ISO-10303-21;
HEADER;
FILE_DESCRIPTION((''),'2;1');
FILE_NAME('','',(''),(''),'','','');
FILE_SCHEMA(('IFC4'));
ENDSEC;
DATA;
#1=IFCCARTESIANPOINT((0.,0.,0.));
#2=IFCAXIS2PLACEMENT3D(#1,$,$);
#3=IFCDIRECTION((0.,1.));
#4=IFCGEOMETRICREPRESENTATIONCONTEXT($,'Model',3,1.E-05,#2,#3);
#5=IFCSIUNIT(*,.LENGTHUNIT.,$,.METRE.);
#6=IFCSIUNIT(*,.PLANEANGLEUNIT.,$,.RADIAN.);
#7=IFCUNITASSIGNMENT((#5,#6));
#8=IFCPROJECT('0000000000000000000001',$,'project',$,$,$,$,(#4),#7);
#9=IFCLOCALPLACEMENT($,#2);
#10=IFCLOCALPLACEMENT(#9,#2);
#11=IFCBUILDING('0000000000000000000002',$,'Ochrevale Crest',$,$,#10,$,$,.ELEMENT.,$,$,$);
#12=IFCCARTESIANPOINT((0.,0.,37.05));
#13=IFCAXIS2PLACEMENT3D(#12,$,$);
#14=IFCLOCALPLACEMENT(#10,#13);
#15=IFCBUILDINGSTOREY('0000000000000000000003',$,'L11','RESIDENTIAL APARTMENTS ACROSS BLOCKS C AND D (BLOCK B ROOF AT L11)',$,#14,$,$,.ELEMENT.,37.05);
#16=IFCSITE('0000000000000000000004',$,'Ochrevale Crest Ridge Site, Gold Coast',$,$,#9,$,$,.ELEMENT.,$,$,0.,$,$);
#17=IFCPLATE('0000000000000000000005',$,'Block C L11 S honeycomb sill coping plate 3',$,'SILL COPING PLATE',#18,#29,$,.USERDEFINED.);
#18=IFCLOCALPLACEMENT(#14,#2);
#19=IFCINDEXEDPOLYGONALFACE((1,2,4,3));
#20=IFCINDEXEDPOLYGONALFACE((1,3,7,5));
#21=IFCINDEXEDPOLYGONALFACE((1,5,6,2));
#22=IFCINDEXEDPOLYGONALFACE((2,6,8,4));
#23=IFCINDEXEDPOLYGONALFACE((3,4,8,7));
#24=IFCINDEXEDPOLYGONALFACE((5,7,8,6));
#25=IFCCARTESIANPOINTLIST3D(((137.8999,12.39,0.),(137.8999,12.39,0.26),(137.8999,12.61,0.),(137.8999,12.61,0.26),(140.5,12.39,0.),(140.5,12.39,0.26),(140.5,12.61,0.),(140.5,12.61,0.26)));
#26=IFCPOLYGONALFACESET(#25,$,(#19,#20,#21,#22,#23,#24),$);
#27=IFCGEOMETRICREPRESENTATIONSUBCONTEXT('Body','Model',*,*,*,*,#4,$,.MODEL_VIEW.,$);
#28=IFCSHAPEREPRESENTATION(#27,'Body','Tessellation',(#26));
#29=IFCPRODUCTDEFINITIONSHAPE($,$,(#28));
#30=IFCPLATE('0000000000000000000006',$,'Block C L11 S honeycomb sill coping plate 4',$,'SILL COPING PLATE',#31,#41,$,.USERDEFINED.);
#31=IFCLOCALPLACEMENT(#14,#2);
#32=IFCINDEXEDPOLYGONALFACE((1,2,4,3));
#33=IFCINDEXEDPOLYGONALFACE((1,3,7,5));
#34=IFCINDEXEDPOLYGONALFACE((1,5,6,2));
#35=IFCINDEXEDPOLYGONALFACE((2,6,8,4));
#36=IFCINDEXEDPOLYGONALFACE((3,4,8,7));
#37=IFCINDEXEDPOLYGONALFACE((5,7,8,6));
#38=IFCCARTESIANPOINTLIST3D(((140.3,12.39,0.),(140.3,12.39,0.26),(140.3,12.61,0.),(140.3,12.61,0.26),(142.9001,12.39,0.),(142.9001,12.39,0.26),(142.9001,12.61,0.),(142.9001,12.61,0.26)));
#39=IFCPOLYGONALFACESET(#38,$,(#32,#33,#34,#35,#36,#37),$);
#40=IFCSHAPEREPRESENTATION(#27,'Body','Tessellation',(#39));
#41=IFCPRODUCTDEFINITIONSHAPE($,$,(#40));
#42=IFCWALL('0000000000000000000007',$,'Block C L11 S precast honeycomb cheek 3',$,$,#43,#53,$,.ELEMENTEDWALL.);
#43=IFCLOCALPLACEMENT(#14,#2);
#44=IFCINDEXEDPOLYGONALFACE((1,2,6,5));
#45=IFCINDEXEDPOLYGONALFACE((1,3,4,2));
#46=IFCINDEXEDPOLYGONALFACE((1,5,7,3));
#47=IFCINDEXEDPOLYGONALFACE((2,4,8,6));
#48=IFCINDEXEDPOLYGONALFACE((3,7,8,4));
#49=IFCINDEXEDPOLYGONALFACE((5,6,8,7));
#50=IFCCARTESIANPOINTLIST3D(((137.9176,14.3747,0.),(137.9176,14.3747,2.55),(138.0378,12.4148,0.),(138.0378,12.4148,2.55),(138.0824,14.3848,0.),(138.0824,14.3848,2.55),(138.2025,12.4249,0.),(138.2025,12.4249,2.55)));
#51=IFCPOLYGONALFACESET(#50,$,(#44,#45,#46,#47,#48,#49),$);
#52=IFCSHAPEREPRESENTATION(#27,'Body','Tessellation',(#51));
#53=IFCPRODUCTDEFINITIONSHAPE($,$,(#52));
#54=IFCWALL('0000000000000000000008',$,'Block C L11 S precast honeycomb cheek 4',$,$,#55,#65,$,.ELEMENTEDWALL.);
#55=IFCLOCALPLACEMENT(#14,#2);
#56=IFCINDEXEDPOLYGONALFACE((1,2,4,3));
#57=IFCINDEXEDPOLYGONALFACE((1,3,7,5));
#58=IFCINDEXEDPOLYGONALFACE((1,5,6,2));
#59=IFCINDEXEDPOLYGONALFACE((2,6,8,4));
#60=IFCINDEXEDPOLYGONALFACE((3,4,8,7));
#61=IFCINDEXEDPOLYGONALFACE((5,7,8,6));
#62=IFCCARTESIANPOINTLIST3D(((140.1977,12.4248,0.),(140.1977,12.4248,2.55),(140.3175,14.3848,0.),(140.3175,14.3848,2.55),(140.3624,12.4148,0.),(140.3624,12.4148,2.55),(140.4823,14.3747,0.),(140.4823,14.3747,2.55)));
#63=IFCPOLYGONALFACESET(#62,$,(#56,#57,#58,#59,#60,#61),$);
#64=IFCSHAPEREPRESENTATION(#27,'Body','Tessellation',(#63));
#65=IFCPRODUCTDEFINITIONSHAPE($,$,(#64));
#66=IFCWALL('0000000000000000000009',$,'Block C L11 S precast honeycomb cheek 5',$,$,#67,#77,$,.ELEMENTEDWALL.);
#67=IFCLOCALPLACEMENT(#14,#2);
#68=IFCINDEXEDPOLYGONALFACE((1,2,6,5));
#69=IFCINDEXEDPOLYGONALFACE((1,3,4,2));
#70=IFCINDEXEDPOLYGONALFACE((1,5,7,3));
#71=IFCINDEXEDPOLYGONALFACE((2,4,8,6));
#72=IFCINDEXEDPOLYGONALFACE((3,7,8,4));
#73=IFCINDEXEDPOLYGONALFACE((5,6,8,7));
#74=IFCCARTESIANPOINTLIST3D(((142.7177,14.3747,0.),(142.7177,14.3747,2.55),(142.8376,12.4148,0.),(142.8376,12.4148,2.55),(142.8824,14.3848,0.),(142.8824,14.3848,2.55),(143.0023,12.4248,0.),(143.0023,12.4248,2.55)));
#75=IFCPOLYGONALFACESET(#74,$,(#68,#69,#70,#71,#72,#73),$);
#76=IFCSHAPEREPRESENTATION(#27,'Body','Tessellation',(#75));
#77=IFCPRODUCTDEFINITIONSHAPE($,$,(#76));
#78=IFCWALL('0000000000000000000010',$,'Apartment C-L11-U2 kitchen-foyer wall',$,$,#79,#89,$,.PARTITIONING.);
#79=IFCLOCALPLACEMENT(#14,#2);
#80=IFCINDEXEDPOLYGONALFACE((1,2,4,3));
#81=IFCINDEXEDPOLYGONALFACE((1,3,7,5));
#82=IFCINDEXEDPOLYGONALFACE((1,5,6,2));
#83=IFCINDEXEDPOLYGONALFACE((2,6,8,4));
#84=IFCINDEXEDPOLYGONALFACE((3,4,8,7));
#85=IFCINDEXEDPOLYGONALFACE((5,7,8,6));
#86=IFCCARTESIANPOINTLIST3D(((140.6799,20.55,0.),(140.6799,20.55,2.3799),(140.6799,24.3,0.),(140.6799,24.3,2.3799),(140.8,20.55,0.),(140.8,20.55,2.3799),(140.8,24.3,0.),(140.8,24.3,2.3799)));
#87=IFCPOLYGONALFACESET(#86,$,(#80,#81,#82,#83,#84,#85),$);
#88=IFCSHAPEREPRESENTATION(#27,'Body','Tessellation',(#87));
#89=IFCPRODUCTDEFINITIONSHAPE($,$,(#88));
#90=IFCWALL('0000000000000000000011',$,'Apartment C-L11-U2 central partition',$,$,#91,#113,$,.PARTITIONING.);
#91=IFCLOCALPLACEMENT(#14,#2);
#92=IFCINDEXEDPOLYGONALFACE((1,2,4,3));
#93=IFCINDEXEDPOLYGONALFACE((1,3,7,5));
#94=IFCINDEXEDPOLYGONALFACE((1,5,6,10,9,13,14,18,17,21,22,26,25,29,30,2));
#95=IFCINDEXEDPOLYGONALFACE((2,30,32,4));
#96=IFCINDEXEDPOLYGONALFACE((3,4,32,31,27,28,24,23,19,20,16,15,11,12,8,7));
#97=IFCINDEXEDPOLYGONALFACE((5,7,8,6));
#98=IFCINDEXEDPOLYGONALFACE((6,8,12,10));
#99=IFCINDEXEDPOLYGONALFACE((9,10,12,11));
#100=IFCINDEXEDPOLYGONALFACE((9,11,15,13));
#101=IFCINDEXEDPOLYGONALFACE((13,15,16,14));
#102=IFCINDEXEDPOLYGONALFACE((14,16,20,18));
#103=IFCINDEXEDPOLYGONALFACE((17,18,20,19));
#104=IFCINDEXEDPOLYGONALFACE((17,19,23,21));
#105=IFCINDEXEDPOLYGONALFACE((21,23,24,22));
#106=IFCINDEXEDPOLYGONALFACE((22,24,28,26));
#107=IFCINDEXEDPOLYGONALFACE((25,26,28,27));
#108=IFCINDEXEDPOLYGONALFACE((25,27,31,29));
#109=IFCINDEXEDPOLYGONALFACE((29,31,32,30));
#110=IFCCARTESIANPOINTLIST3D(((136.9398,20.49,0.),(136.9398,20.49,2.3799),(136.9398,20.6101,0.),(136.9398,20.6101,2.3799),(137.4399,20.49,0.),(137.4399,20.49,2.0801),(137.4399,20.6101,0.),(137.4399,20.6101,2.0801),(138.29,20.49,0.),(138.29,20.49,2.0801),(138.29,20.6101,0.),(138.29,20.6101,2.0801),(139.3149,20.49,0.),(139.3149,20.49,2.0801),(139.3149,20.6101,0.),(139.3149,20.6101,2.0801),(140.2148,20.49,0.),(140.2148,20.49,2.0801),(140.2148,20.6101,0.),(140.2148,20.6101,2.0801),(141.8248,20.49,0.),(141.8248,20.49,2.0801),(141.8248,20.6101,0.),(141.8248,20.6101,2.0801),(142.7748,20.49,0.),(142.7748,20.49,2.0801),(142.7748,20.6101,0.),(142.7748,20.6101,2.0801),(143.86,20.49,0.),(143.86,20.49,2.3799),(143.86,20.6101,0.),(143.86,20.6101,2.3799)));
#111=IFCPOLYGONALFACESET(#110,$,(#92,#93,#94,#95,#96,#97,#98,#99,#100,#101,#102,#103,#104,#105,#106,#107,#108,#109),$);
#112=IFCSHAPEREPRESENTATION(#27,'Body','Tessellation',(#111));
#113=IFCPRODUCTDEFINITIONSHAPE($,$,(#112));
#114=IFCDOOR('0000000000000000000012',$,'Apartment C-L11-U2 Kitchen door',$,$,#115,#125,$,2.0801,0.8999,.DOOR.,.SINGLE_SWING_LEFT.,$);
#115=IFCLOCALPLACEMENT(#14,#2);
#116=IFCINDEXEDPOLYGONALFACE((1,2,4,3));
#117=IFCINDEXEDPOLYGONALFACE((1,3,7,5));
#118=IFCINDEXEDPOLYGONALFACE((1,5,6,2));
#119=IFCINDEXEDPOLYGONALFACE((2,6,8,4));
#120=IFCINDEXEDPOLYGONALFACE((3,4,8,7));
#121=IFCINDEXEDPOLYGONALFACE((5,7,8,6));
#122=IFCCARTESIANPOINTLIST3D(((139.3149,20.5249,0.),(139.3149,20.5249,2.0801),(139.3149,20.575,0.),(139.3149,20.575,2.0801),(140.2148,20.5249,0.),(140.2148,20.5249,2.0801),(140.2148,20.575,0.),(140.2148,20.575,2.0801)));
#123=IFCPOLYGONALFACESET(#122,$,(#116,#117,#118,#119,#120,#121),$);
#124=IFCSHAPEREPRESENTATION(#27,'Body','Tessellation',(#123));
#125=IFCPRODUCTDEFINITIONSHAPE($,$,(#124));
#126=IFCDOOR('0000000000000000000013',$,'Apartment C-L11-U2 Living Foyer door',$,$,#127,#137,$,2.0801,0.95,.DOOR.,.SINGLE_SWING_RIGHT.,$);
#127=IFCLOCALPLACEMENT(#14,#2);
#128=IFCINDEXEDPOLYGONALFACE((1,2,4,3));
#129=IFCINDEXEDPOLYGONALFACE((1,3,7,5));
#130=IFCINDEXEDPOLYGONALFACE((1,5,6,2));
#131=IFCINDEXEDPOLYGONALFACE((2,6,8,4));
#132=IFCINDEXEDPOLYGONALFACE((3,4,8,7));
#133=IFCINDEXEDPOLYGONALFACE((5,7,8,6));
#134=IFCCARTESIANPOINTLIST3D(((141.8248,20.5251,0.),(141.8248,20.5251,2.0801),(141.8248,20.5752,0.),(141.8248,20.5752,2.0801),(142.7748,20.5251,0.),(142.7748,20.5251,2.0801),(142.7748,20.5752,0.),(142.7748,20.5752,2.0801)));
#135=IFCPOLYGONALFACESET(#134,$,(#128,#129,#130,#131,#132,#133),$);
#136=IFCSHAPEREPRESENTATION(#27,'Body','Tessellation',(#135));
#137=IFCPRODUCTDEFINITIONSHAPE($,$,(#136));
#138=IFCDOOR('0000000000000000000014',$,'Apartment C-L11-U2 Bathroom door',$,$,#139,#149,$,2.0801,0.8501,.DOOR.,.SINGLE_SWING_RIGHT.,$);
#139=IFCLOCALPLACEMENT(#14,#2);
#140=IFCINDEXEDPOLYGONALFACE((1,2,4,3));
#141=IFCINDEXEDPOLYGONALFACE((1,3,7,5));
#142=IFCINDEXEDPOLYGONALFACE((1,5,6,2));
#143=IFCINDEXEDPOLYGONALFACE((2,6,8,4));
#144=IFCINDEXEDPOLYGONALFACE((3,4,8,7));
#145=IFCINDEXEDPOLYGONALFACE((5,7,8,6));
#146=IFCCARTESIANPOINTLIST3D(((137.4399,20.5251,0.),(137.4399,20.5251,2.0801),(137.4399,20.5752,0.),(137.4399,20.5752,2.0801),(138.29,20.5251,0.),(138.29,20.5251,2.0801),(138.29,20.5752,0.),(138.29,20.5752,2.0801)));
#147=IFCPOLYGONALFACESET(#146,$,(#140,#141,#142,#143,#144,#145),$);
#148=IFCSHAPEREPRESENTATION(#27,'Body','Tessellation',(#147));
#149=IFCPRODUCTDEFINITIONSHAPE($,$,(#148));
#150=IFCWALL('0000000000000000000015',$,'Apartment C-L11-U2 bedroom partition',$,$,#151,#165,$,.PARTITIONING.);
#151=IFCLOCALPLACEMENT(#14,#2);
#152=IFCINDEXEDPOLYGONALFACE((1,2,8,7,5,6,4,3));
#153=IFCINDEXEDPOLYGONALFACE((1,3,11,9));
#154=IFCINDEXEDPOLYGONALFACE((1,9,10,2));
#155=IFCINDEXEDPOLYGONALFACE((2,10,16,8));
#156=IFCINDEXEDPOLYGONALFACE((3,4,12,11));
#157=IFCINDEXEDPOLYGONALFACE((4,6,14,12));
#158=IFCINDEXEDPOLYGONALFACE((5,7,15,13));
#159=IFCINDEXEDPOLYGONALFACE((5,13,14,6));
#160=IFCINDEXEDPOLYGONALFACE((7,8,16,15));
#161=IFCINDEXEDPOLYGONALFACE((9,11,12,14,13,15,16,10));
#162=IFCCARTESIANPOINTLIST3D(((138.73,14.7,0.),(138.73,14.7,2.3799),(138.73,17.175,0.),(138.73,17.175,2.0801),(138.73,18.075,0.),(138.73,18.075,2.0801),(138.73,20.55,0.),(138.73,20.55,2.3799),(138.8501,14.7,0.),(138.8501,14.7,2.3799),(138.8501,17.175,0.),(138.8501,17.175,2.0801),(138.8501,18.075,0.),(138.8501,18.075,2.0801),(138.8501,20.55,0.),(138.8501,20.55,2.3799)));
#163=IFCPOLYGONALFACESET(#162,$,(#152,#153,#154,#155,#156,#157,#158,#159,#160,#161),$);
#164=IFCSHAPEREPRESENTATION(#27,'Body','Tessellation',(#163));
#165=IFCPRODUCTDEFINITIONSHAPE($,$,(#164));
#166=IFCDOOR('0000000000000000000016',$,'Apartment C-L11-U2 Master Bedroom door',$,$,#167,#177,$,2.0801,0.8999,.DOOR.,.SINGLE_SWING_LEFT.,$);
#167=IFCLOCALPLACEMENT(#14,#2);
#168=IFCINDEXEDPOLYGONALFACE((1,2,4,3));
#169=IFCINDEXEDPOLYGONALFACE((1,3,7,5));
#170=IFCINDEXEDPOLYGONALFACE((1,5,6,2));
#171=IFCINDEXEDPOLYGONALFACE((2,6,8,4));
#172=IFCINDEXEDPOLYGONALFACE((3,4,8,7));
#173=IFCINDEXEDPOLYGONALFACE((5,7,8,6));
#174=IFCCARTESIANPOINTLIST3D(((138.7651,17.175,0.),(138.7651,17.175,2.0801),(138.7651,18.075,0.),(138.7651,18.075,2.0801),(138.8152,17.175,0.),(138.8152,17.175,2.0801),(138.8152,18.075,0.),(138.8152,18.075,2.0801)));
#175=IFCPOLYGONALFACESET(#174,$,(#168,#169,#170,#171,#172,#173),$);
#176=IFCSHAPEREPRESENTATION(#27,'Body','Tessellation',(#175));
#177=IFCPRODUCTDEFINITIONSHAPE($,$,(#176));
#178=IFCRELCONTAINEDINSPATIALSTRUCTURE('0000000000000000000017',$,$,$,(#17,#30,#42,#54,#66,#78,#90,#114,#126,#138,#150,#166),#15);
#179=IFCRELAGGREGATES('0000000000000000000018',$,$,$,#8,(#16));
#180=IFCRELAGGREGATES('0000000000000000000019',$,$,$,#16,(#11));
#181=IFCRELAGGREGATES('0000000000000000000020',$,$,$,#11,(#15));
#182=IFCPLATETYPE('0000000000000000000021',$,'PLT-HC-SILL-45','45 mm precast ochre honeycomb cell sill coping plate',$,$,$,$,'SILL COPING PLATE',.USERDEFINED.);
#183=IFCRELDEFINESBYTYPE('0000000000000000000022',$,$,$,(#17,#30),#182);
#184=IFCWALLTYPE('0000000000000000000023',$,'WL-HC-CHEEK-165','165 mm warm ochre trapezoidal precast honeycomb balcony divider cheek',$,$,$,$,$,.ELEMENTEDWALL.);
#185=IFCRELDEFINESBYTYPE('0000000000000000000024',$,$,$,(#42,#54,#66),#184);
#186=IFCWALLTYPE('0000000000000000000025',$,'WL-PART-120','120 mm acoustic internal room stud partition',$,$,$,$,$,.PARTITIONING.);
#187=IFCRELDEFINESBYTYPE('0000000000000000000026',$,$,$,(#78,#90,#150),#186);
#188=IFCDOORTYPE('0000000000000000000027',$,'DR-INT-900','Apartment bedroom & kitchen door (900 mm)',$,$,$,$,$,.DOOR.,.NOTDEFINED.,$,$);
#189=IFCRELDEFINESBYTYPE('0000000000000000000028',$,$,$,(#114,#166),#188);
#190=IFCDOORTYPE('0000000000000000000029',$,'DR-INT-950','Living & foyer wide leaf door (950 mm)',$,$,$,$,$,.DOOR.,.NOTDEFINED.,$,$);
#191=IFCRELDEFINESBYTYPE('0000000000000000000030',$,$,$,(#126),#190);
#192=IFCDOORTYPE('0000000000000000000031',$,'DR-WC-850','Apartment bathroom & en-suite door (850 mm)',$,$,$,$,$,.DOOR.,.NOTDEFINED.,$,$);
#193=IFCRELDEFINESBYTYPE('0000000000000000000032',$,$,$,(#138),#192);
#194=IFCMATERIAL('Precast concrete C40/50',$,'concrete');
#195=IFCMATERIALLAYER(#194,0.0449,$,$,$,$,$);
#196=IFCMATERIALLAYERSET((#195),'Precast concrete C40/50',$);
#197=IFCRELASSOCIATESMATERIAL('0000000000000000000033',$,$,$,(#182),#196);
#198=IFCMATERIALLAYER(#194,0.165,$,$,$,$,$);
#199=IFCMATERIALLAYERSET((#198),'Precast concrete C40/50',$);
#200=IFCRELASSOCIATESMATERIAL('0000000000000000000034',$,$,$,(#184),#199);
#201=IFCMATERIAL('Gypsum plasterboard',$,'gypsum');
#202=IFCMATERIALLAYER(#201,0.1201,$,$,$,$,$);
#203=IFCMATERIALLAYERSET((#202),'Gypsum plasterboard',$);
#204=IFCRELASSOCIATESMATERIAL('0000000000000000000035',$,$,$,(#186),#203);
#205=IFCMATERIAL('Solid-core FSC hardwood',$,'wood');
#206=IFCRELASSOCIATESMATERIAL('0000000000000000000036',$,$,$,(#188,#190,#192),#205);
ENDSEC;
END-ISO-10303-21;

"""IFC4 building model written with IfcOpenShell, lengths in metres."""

from ifc_helpers import new_model, si_unit, direction, frame, frame_2d, origin, origin_2d, place, context, subcontext, project, spatial, rectangle, extrude, material, layer, layer_set, type_object, element, fill, save


model = new_model("IFC4")

# Units and contexts
model_context = context("Model", 3, precision=1e-05, world=origin(), true_north=direction((0.0, 1.0)))
body_context = subcontext(model_context, "Body", "Model", "MODEL_VIEW")
ifc_project = project(units=[si_unit("LENGTHUNIT", "METRE"), si_unit("PLANEANGLEUNIT", "RADIAN")], contexts=[model_context])

# Site, building, storey
site_placement = place(None, origin())
site = spatial("IfcSite", under=ifc_project, at=site_placement, Name="Ochrevale Crest Ridge Site, Gold Coast", CompositionType="ELEMENT", RefElevation=0.0)
building_placement = place(site_placement, origin())
building = spatial("IfcBuilding", under=site, at=building_placement, Name="Ochrevale Crest", CompositionType="ELEMENT")
storey_placement = place(building_placement, frame((0.0, 0.0, 37.05)))
storey = spatial("IfcBuildingStorey", under=building, at=storey_placement, Name="L11", Description="RESIDENTIAL APARTMENTS ACROSS BLOCKS C AND D (BLOCK B ROOF AT L11)", CompositionType="ELEMENT", Elevation=37.05)

# Shared definitions
ifc_material_1 = material(Name="Precast concrete C40/50", Category="concrete")

# Plates
ifc_layer_1 = layer(ifc_material_1, 0.0449)
ifc_layer_set_1 = layer_set([ifc_layer_1], Name="Precast concrete C40/50")
plate_type_1 = type_object("IfcPlateType", Name="PLT-HC-SILL-45", Description="45 mm precast ochre honeycomb cell sill coping plate", ElementType="SILL COPING PLATE", PredefinedType="USERDEFINED", material=ifc_layer_set_1)
for number, where, z_axis, x_axis, name in (
    (1, (139.2, 12.5, 0.0), (0.0, 0.0, 1.0), (1.0, 0.0, 0.0), "Block C L11 S honeycomb sill coping plate 3"),
    (2, (141.6001, 12.5, 0.0), (0.0, 0.0, 1.0), (1.0, 0.0, 0.0), "Block C L11 S honeycomb sill coping plate 4"),
):
    element("IfcPlate", number, at=place(storey_placement, frame(where, z_axis=z_axis, x_axis=x_axis)), inside=storey, type_object=plate_type_1, Name=name, ObjectType="SILL COPING PLATE", PredefinedType="USERDEFINED", context=body_context, shape_type="SweptSolid", body=[
        extrude(rectangle(XDim=2.6001, YDim=0.22, at=origin_2d()), origin(), (0.0, 0.0, 1.0), 0.26),
    ])

# Walls
ifc_layer_2 = layer(ifc_material_1, 0.165)
ifc_layer_set_2 = layer_set([ifc_layer_2], Name="Precast concrete C40/50")
wall_type_1 = type_object("IfcWallType", Name="WL-HC-CHEEK-165", Description="165 mm warm ochre trapezoidal precast honeycomb balcony divider cheek", PredefinedType="ELEMENTEDWALL", material=ifc_layer_set_2)
for number, where, z_axis, x_axis, name in (
    (3, (138.0, 14.3799, 0.0), (0.0, 0.0, 1.0), (0.061171, -0.998127, 0.0), "Block C L11 S precast honeycomb cheek 3"),
    (4, (140.3999, 14.3799, 0.0), (0.0, 0.0, 1.0), (-0.061047, -0.998135, 0.0), "Block C L11 S precast honeycomb cheek 4"),
    (5, (142.8, 14.3799, 0.0), (0.0, 0.0, 1.0), (0.061047, -0.998135, 0.0), "Block C L11 S precast honeycomb cheek 5"),
):
    element("IfcWall", number, at=place(storey_placement, frame(where, z_axis=z_axis, x_axis=x_axis)), inside=storey, type_object=wall_type_1, Name=name, PredefinedType="ELEMENTEDWALL", context=body_context, shape_type="SweptSolid", body=[
        extrude(rectangle(XDim=1.9636, YDim=0.165, at=frame_2d((0.9819, 0.0))), origin(), (0.0, 0.0, 1.0), 2.55),
    ])
ifc_material_2 = material(Name="Gypsum plasterboard", Category="gypsum")
ifc_layer_3 = layer(ifc_material_2, 0.1201)
ifc_layer_set_3 = layer_set([ifc_layer_3], Name="Gypsum plasterboard")
wall_type_2 = type_object("IfcWallType", Name="WL-PART-120", Description="120 mm acoustic internal room stud partition", PredefinedType="PARTITIONING", material=ifc_layer_set_3)
wall_1_placement = place(storey_placement, frame((140.74, 20.55, 0.0), z_axis=(0.0, 0.0, 1.0), x_axis=(0.0, 1.0, 0.0)))
element("IfcWall", 6, at=wall_1_placement, inside=storey, type_object=wall_type_2, Name="Apartment C-L11-U2 kitchen-foyer wall", PredefinedType="PARTITIONING", context=body_context, shape_type="SweptSolid", body=[
    extrude(rectangle(XDim=3.75, YDim=0.1201, at=frame_2d((1.875, 0.0))), origin(), (0.0, 0.0, 1.0), 2.3799),
])

# Wall, openings, doors
wall_2_placement = place(storey_placement, frame((136.9399, 20.55, 0.0), z_axis=(0.0, 0.0, 1.0), x_axis=(1.0, 0.0, 0.0)))
wall_2 = element("IfcWall", 7, at=wall_2_placement, inside=storey, type_object=wall_type_2, Name="Apartment C-L11-U2 central partition", PredefinedType="PARTITIONING", context=body_context, shape_type="SweptSolid", body=[
    extrude(rectangle(XDim=6.9202, YDim=0.1201, at=frame_2d((3.46, 0.0))), origin(), (0.0, 0.0, 1.0), 2.3799),
])
opening_1_placement = place(wall_2_placement, frame((1.3501, 0.0, 0.0), z_axis=(0.0, 0.0, 1.0), x_axis=(-1.0, 0.0, 0.0)))
opening_1 = element("IfcOpeningElement", 8, at=opening_1_placement, cuts=wall_2, PredefinedType="OPENING", context=body_context, shape_type="SweptSolid", body=[
    extrude(rectangle(XDim=0.8501, YDim=2.0801, at=frame_2d((0.425, 1.04))), frame((0.0, 0.0701, 0.0), z_axis=(0.0, -1.0, 0.0), x_axis=(1.0, 0.0, 0.0)), (0.0, 0.0, 1.0), 0.1401),
])
opening_2_placement = place(wall_2_placement, frame((2.375, 0.0, 0.0)))
opening_2 = element("IfcOpeningElement", 9, at=opening_2_placement, cuts=wall_2, PredefinedType="OPENING", context=body_context, shape_type="SweptSolid", body=[
    extrude(rectangle(XDim=0.8999, YDim=2.0801, at=frame_2d((0.45, 1.04))), frame((0.0, 0.0701, 0.0), z_axis=(0.0, -1.0, 0.0), x_axis=(1.0, 0.0, 0.0)), (0.0, 0.0, 1.0), 0.1401),
])
opening_3_placement = place(wall_2_placement, frame((5.835, 0.0, 0.0), z_axis=(0.0, 0.0, 1.0), x_axis=(-1.0, 0.0, 0.0)))
opening_3 = element("IfcOpeningElement", 10, at=opening_3_placement, cuts=wall_2, PredefinedType="OPENING", context=body_context, shape_type="SweptSolid", body=[
    extrude(rectangle(XDim=0.95, YDim=2.0801, at=frame_2d((0.4751, 1.04))), frame((0.0, 0.0701, 0.0), z_axis=(0.0, -1.0, 0.0), x_axis=(1.0, 0.0, 0.0)), (0.0, 0.0, 1.0), 0.1401),
])
ifc_material_3 = material(Name="Solid-core FSC hardwood", Category="wood")
door_type_1 = type_object("IfcDoorType", Name="DR-INT-900", Description="Apartment bedroom & kitchen door (900 mm)", OperationType="NOTDEFINED", PredefinedType="DOOR", material=ifc_material_3)
door_1_placement = place(opening_2_placement, origin())
door_1 = element("IfcDoor", 11, at=door_1_placement, inside=storey, type_object=door_type_1, Name="Apartment C-L11-U2 Kitchen door", OperationType="SINGLE_SWING_LEFT", OverallHeight=2.0801, OverallWidth=0.8999, PredefinedType="DOOR", context=body_context, shape_type="SweptSolid", body=[
    extrude(rectangle(XDim=0.8999, YDim=2.0801, at=frame_2d((0.45, 1.04))), frame((0.0, 0.0249, 0.0), z_axis=(0.0, -1.0, 0.0), x_axis=(1.0, 0.0, 0.0)), (0.0, 0.0, 1.0), 0.05),
])
fill(opening_2, door_1)
door_type_2 = type_object("IfcDoorType", Name="DR-INT-950", Description="Living & foyer wide leaf door (950 mm)", OperationType="NOTDEFINED", PredefinedType="DOOR", material=ifc_material_3)
door_2_placement = place(opening_3_placement, origin())
door_2 = element("IfcDoor", 12, at=door_2_placement, inside=storey, type_object=door_type_2, Name="Apartment C-L11-U2 Living Foyer door", OperationType="SINGLE_SWING_RIGHT", OverallHeight=2.0801, OverallWidth=0.95, PredefinedType="DOOR", context=body_context, shape_type="SweptSolid", body=[
    extrude(rectangle(XDim=0.95, YDim=2.0801, at=frame_2d((0.4751, 1.04))), frame((0.0, 0.0249, 0.0), z_axis=(0.0, -1.0, 0.0), x_axis=(1.0, 0.0, 0.0)), (0.0, 0.0, 1.0), 0.05),
])
fill(opening_3, door_2)
door_type_3 = type_object("IfcDoorType", Name="DR-WC-850", Description="Apartment bathroom & en-suite door (850 mm)", OperationType="NOTDEFINED", PredefinedType="DOOR", material=ifc_material_3)
door_3_placement = place(opening_1_placement, origin())
door_3 = element("IfcDoor", 13, at=door_3_placement, inside=storey, type_object=door_type_3, Name="Apartment C-L11-U2 Bathroom door", OperationType="SINGLE_SWING_RIGHT", OverallHeight=2.0801, OverallWidth=0.8501, PredefinedType="DOOR", context=body_context, shape_type="SweptSolid", body=[
    extrude(rectangle(XDim=0.8501, YDim=2.0801, at=frame_2d((0.425, 1.04))), frame((0.0, 0.0249, 0.0), z_axis=(0.0, -1.0, 0.0), x_axis=(1.0, 0.0, 0.0)), (0.0, 0.0, 1.0), 0.05),
])
fill(opening_1, door_3)

# Wall, opening, door
wall_3_placement = place(storey_placement, frame((138.79, 14.7, 0.0), z_axis=(0.0, 0.0, 1.0), x_axis=(0.0, 1.0, 0.0)))
wall_3 = element("IfcWall", 14, at=wall_3_placement, inside=storey, type_object=wall_type_2, Name="Apartment C-L11-U2 bedroom partition", PredefinedType="PARTITIONING", context=body_context, shape_type="SweptSolid", body=[
    extrude(rectangle(XDim=5.8501, YDim=0.1201, at=frame_2d((2.925, 0.0))), origin(), (0.0, 0.0, 1.0), 2.3799),
])
opening_4_placement = place(wall_3_placement, frame((2.4751, 0.0, 0.0)))
opening_4 = element("IfcOpeningElement", 15, at=opening_4_placement, cuts=wall_3, PredefinedType="OPENING", context=body_context, shape_type="SweptSolid", body=[
    extrude(rectangle(XDim=0.8999, YDim=2.0801, at=frame_2d((0.45, 1.04))), frame((0.0, 0.0701, 0.0), z_axis=(0.0, -1.0, 0.0), x_axis=(1.0, 0.0, 0.0)), (0.0, 0.0, 1.0), 0.1401),
])
door_4_placement = place(opening_4_placement, origin())
door_4 = element("IfcDoor", 16, at=door_4_placement, inside=storey, type_object=door_type_1, Name="Apartment C-L11-U2 Master Bedroom door", OperationType="SINGLE_SWING_LEFT", OverallHeight=2.0801, OverallWidth=0.8999, PredefinedType="DOOR", context=body_context, shape_type="SweptSolid", body=[
    extrude(rectangle(XDim=0.8999, YDim=2.0801, at=frame_2d((0.45, 1.04))), frame((0.0, 0.0249, 0.0), z_axis=(0.0, -1.0, 0.0), x_axis=(1.0, 0.0, 0.0)), (0.0, 0.0, 1.0), 0.05),
])
fill(opening_4, door_4)

save(model, "model.ifc")
